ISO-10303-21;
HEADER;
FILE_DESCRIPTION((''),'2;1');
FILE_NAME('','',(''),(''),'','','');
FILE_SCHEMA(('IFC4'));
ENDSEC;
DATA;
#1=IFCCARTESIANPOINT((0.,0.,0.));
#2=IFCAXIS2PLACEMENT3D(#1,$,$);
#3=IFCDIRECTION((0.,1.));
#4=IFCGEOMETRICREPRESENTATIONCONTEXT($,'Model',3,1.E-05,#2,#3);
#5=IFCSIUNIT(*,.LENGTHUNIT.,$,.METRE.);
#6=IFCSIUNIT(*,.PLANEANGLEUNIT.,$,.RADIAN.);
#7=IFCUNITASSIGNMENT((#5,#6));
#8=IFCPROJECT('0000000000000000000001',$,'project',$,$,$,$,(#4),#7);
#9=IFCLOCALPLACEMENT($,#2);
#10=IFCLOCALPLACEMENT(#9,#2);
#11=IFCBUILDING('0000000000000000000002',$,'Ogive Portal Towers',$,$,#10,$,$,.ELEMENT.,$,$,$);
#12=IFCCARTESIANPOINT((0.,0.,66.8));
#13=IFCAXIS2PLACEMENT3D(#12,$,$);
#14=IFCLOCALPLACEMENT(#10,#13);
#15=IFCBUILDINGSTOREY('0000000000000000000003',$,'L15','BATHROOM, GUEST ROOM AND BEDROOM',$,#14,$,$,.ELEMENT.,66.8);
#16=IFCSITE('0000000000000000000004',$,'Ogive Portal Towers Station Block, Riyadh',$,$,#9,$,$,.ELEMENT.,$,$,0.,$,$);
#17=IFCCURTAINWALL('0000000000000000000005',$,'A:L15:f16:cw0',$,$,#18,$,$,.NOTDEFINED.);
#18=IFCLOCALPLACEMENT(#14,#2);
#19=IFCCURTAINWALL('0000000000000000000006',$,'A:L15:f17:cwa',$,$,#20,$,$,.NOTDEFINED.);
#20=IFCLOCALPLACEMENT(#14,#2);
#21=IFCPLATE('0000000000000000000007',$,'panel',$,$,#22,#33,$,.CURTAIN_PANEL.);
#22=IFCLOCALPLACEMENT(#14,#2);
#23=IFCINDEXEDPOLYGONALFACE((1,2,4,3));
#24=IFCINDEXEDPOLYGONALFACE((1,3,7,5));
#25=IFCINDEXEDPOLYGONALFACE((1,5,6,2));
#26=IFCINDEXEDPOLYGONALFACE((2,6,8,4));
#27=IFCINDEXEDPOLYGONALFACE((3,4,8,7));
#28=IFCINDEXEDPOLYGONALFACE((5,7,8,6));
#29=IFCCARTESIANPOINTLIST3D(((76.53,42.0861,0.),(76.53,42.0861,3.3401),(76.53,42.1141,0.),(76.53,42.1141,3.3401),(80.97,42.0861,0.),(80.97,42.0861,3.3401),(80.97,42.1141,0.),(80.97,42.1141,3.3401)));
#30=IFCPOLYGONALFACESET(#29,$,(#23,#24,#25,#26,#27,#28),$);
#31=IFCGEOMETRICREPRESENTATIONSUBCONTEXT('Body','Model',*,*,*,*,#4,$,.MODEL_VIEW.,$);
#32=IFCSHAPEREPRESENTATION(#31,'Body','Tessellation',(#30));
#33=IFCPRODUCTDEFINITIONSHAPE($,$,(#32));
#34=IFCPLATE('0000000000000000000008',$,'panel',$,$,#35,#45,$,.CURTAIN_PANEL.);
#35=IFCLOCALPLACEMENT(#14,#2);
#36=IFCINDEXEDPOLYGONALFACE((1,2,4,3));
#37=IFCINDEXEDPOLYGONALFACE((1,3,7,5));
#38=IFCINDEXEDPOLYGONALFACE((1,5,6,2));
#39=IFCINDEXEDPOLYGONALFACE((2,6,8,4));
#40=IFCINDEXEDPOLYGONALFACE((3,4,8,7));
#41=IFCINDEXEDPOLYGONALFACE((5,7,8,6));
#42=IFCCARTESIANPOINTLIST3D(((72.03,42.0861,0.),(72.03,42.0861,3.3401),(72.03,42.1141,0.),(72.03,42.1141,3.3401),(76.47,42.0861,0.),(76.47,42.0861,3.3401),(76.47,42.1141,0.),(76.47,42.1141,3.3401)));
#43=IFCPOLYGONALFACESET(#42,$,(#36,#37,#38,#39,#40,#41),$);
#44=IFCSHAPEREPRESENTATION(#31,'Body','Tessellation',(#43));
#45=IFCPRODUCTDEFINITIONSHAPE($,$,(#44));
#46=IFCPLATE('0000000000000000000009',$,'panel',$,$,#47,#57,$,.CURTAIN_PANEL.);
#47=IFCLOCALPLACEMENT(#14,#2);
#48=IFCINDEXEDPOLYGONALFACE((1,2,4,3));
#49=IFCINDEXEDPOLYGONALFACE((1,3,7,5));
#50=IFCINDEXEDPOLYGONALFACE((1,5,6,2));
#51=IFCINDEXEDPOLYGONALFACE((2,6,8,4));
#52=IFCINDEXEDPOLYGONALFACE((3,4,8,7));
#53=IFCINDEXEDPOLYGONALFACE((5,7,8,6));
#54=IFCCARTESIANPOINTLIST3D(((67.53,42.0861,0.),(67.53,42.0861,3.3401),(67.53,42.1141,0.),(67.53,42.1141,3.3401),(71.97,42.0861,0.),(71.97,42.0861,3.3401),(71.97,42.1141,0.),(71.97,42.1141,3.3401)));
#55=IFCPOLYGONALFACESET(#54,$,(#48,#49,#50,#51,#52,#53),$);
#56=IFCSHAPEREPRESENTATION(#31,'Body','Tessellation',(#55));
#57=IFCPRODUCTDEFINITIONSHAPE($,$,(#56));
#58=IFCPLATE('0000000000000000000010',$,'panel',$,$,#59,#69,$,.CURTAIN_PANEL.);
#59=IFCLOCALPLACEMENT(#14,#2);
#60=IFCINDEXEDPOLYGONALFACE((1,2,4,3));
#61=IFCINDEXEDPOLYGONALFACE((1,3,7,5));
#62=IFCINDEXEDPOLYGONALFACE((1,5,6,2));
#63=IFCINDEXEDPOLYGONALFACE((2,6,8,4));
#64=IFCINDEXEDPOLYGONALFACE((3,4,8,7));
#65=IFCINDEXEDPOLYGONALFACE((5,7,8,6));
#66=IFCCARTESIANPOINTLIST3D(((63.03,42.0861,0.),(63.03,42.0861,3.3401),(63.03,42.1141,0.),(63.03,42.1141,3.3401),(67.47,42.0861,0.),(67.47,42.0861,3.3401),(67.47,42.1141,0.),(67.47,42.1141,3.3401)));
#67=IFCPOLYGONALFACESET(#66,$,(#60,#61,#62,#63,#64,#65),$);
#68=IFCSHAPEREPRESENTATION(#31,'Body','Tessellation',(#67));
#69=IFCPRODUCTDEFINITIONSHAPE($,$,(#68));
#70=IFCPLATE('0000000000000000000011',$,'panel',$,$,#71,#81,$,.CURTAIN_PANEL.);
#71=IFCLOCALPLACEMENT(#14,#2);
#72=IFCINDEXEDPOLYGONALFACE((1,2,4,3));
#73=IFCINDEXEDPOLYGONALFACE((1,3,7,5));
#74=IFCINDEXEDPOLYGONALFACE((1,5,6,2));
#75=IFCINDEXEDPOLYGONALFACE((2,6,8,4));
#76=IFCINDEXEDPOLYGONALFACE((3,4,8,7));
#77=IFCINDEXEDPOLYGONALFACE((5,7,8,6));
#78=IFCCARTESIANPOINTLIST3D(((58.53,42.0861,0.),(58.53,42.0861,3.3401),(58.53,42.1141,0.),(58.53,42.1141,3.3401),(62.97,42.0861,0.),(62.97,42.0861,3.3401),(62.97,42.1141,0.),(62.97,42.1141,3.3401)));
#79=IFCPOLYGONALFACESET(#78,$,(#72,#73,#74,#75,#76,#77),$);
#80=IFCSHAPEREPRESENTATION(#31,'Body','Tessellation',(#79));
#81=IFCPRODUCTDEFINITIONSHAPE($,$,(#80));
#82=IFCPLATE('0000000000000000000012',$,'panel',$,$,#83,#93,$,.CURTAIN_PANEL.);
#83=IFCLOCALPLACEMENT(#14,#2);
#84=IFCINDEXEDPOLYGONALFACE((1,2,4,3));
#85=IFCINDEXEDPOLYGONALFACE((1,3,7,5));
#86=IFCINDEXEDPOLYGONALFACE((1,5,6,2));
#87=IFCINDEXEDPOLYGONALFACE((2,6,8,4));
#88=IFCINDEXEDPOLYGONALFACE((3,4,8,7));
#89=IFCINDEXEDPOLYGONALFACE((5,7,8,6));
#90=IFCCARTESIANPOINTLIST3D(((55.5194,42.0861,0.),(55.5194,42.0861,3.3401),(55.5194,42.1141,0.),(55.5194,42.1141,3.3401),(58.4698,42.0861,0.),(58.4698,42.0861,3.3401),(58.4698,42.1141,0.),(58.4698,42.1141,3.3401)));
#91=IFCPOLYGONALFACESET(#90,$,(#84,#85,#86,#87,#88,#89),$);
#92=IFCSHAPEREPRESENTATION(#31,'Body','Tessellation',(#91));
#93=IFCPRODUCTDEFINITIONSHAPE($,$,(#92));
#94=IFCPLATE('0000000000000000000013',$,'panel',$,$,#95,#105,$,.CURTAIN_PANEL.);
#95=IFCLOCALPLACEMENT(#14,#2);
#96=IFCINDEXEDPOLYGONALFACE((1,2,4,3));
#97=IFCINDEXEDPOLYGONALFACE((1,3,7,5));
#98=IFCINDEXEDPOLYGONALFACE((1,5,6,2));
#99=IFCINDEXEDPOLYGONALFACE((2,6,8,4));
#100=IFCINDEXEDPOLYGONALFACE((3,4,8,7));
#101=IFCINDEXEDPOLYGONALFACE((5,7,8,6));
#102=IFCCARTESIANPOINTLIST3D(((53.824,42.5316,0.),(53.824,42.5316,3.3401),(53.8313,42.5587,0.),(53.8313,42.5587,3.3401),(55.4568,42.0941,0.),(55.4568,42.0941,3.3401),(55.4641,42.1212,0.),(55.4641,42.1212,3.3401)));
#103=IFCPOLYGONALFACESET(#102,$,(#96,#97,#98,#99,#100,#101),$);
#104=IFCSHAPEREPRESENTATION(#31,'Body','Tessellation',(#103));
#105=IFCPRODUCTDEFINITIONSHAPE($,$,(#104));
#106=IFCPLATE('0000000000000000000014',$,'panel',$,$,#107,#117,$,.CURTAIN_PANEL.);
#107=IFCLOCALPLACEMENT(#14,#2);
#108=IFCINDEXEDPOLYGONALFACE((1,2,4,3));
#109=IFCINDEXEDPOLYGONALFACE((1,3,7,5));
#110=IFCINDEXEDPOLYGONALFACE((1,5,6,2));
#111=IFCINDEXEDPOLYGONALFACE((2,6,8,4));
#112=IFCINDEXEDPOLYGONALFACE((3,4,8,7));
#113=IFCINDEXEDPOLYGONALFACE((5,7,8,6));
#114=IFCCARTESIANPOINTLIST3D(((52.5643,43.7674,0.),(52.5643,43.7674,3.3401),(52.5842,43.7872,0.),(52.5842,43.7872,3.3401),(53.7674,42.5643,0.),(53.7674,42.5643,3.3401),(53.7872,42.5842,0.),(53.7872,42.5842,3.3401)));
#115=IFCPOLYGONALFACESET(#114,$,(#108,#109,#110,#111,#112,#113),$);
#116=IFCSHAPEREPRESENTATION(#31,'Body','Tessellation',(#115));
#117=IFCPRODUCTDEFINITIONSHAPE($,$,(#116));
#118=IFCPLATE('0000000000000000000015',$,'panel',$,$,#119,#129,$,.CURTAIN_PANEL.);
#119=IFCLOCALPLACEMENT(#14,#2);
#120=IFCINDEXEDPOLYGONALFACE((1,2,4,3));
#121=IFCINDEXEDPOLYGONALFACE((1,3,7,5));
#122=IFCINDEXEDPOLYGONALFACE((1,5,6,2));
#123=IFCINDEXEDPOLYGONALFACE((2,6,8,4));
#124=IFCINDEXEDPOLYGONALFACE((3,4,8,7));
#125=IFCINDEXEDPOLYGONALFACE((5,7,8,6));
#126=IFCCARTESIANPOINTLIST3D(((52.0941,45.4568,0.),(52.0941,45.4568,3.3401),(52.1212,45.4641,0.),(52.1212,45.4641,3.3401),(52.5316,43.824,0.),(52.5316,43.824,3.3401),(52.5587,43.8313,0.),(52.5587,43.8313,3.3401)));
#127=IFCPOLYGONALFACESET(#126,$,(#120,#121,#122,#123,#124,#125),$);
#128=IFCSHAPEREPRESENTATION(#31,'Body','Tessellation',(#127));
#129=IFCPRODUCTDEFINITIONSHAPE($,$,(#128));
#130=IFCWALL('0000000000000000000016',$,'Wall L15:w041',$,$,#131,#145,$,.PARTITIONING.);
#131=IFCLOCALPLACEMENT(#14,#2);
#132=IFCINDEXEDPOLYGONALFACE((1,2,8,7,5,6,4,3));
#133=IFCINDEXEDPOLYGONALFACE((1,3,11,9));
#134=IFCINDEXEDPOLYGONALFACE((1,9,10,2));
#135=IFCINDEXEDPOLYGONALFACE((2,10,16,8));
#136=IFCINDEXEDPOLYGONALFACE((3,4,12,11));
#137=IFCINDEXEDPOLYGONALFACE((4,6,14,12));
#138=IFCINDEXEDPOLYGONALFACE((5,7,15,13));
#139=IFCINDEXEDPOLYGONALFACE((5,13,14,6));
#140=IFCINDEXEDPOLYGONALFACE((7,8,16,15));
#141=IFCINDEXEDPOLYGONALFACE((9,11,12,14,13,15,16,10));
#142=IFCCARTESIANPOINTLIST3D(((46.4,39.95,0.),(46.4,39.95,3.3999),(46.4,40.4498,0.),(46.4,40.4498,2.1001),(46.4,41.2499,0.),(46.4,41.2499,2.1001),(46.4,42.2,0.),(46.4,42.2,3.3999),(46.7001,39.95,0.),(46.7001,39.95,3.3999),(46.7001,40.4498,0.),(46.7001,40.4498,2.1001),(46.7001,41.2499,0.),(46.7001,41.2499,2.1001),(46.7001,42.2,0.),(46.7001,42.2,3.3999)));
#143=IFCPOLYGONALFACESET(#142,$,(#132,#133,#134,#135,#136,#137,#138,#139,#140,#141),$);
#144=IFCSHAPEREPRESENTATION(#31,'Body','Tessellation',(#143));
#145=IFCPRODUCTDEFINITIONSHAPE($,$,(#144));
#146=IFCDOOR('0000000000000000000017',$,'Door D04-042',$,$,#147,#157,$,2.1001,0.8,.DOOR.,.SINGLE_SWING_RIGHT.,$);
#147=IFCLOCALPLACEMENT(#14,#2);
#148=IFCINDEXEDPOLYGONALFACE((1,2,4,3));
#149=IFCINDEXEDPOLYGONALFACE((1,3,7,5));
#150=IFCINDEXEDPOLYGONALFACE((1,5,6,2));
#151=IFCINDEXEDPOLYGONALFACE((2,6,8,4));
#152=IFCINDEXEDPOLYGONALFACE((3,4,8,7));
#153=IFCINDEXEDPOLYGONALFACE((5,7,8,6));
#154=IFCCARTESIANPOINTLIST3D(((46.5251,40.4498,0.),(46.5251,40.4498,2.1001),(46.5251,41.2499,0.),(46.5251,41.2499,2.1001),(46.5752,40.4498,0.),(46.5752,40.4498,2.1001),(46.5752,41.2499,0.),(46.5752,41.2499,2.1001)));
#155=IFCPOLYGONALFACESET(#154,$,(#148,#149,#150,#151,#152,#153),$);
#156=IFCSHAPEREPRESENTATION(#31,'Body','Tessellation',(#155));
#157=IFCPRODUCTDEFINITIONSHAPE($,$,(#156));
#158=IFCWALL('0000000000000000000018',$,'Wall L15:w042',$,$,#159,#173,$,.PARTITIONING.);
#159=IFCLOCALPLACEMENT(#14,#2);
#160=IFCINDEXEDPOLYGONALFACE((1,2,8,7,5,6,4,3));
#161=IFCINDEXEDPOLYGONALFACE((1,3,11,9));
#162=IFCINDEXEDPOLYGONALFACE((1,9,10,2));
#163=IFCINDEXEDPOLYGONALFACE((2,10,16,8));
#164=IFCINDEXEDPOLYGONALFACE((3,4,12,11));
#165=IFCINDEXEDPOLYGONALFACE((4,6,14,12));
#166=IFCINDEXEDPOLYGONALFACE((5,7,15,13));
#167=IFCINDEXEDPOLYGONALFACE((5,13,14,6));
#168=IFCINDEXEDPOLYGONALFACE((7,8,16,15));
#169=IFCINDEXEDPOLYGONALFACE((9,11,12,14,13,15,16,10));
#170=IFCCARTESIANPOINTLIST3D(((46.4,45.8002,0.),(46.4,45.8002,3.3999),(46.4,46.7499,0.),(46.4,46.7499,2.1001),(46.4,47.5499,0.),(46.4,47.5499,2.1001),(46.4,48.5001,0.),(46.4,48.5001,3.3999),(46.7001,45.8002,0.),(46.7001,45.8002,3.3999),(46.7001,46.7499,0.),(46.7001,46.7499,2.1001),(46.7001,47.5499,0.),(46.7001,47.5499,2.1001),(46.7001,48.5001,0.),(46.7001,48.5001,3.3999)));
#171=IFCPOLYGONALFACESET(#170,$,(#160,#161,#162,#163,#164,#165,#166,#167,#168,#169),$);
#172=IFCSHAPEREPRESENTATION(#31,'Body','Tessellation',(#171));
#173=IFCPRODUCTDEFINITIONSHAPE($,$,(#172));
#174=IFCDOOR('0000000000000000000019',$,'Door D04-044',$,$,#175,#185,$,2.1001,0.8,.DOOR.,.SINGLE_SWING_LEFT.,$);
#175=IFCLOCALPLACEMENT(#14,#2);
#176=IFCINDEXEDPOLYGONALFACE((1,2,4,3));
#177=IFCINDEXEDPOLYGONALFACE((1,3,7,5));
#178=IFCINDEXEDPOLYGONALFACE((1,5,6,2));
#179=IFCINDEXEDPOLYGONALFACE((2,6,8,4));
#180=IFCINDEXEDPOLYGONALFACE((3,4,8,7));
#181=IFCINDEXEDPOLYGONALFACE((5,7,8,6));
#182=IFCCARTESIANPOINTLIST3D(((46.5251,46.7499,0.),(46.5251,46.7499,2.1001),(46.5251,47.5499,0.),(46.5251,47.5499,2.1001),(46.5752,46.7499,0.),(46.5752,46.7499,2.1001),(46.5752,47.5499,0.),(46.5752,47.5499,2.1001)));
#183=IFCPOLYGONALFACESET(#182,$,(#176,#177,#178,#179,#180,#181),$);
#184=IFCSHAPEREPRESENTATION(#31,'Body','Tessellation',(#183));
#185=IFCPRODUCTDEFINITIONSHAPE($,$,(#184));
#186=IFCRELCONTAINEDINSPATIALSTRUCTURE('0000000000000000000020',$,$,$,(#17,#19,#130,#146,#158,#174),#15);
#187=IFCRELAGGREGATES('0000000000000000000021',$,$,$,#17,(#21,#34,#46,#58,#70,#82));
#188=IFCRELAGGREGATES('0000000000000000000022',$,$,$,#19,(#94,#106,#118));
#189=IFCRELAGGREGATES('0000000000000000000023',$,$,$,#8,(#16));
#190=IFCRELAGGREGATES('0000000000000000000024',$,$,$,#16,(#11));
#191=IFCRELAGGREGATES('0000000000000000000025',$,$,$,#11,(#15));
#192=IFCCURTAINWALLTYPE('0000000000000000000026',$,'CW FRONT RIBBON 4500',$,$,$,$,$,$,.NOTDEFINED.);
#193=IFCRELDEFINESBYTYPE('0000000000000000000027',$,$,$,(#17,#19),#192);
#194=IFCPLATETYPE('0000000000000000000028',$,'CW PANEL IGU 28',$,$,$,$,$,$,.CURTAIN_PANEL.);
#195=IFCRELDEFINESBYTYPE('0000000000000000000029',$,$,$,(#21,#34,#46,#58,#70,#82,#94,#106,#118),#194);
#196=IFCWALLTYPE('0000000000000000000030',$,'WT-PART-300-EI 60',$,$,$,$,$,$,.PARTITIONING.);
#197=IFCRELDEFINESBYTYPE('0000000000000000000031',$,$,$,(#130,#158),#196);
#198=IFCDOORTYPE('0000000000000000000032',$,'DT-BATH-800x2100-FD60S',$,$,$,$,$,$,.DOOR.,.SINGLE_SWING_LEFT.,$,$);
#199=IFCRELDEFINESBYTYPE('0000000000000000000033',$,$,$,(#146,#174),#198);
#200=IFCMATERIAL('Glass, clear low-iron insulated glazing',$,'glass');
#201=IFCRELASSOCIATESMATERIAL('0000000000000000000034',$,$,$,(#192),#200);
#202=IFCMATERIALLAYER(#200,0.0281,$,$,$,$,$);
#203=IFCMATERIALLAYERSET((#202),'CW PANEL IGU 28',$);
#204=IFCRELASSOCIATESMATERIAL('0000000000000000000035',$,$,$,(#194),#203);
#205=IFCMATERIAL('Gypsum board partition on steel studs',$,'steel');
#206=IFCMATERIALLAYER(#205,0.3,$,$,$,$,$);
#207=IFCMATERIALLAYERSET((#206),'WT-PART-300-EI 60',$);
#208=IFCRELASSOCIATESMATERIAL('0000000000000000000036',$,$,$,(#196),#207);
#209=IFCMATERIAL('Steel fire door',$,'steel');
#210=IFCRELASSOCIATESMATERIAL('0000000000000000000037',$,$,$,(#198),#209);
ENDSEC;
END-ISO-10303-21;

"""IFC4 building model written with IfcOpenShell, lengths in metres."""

from ifc_helpers import new_model, si_unit, direction, frame, frame_2d, origin, origin_2d, place, context, subcontext, project, spatial, rectangle, extrude, material, layer, layer_set, type_object, element, fill, aggregate, save


model = new_model("IFC4")

# Units and contexts
model_context = context("Model", 3, precision=1e-05, world=origin(), true_north=direction((0.0, 1.0)))
body_context = subcontext(model_context, "Body", "Model", "MODEL_VIEW")
ifc_project = project(units=[si_unit("LENGTHUNIT", "METRE"), si_unit("PLANEANGLEUNIT", "RADIAN")], contexts=[model_context])

# Site, building, storey
site_placement = place(None, origin())
site = spatial("IfcSite", under=ifc_project, at=site_placement, Name="Ogive Portal Towers Station Block, Riyadh", CompositionType="ELEMENT", RefElevation=0.0)
building_placement = place(site_placement, origin())
building = spatial("IfcBuilding", under=site, at=building_placement, Name="Ogive Portal Towers", CompositionType="ELEMENT")
storey_placement = place(building_placement, frame((0.0, 0.0, 66.8)))
storey = spatial("IfcBuildingStorey", under=building, at=storey_placement, Name="L15", Description="BATHROOM, GUEST ROOM AND BEDROOM", CompositionType="ELEMENT", Elevation=66.8)

# Curtain wall
ifc_material_1 = material(Name="Glass, clear low-iron insulated glazing", Category="glass")
curtain_wall_type = type_object("IfcCurtainWallType", Name="CW FRONT RIBBON 4500", PredefinedType="NOTDEFINED", material=ifc_material_1)
curtain_wall_1_placement = place(storey_placement, origin())
curtain_wall_1 = element("IfcCurtainWall", 1, at=curtain_wall_1_placement, inside=storey, type_object=curtain_wall_type, Name="A:L15:f16:cw0", PredefinedType="NOTDEFINED")

# Curtain wall
curtain_wall_2_placement = place(storey_placement, origin())
curtain_wall_2 = element("IfcCurtainWall", 2, at=curtain_wall_2_placement, inside=storey, type_object=curtain_wall_type, Name="A:L15:f17:cwa", PredefinedType="NOTDEFINED")

# Plates
ifc_layer_1 = layer(ifc_material_1, 0.0281)
ifc_layer_set_1 = layer_set([ifc_layer_1], Name="CW PANEL IGU 28")
plate_type = type_object("IfcPlateType", Name="CW PANEL IGU 28", PredefinedType="CURTAIN_PANEL", material=ifc_layer_set_1)
plate_1_placement = place(storey_placement, frame((78.75, 42.1001, 0.0), z_axis=(0.0, 0.0, 1.0), x_axis=(-1.0, 0.0, 0.0)))
plate_1 = element("IfcPlate", 3, at=plate_1_placement, type_object=plate_type, Name="panel", PredefinedType="CURTAIN_PANEL", context=body_context, shape_type="SweptSolid", body=[
    extrude(rectangle(XDim=4.4399, YDim=0.0281, at=origin_2d()), origin(), (0.0, 0.0, 1.0), 3.3401),
])
plate_2_placement = place(storey_placement, frame((74.25, 42.1001, 0.0), z_axis=(0.0, 0.0, 1.0), x_axis=(-1.0, 0.0, 0.0)))
plate_2 = element("IfcPlate", 4, at=plate_2_placement, type_object=plate_type, Name="panel", PredefinedType="CURTAIN_PANEL", context=body_context, shape_type="SweptSolid", body=[
    extrude(rectangle(XDim=4.4399, YDim=0.0281, at=origin_2d()), origin(), (0.0, 0.0, 1.0), 3.3401),
])
plate_3_placement = place(storey_placement, frame((69.75, 42.1001, 0.0), z_axis=(0.0, 0.0, 1.0), x_axis=(-1.0, 0.0, 0.0)))
plate_3 = element("IfcPlate", 5, at=plate_3_placement, type_object=plate_type, Name="panel", PredefinedType="CURTAIN_PANEL", context=body_context, shape_type="SweptSolid", body=[
    extrude(rectangle(XDim=4.4399, YDim=0.0281, at=origin_2d()), origin(), (0.0, 0.0, 1.0), 3.3401),
])
plate_4_placement = place(storey_placement, frame((65.25, 42.1001, 0.0), z_axis=(0.0, 0.0, 1.0), x_axis=(-1.0, 0.0, 0.0)))
plate_4 = element("IfcPlate", 6, at=plate_4_placement, type_object=plate_type, Name="panel", PredefinedType="CURTAIN_PANEL", context=body_context, shape_type="SweptSolid", body=[
    extrude(rectangle(XDim=4.4399, YDim=0.0281, at=origin_2d()), origin(), (0.0, 0.0, 1.0), 3.3401),
])
plate_5_placement = place(storey_placement, frame((60.75, 42.1001, 0.0), z_axis=(0.0, 0.0, 1.0), x_axis=(-1.0, 0.0, 0.0)))
plate_5 = element("IfcPlate", 7, at=plate_5_placement, type_object=plate_type, Name="panel", PredefinedType="CURTAIN_PANEL", context=body_context, shape_type="SweptSolid", body=[
    extrude(rectangle(XDim=4.4399, YDim=0.0281, at=origin_2d()), origin(), (0.0, 0.0, 1.0), 3.3401),
])
plate_6_placement = place(storey_placement, frame((56.9946, 42.1001, 0.0), z_axis=(0.0, 0.0, 1.0), x_axis=(-1.0, 0.0, 0.0)))
plate_6 = element("IfcPlate", 8, at=plate_6_placement, type_object=plate_type, Name="panel", PredefinedType="CURTAIN_PANEL", context=body_context, shape_type="SweptSolid", body=[
    extrude(rectangle(XDim=2.9504, YDim=0.0281, at=origin_2d()), origin(), (0.0, 0.0, 1.0), 3.3401),
])
aggregate(curtain_wall_1, [plate_1, plate_2, plate_3, plate_4, plate_5, plate_6])
plate_7_placement = place(storey_placement, frame((54.644, 42.3264, 0.0), z_axis=(0.0, 0.0, 1.0), x_axis=(-0.965926, 0.258819, 0.0)))
plate_7 = element("IfcPlate", 9, at=plate_7_placement, type_object=plate_type, Name="panel", PredefinedType="CURTAIN_PANEL", context=body_context, shape_type="SweptSolid", body=[
    extrude(rectangle(XDim=1.6904, YDim=0.0281, at=origin_2d()), origin(), (0.0, 0.0, 1.0), 3.3401),
])
plate_8_placement = place(storey_placement, frame((53.1758, 43.1758, 0.0), z_axis=(0.0, 0.0, 1.0), x_axis=(-0.707107, 0.707107, 0.0)))
plate_8 = element("IfcPlate", 10, at=plate_8_placement, type_object=plate_type, Name="panel", PredefinedType="CURTAIN_PANEL", context=body_context, shape_type="SweptSolid", body=[
    extrude(rectangle(XDim=1.7014, YDim=0.0281, at=origin_2d()), origin(), (0.0, 0.0, 1.0), 3.3401),
])
plate_9_placement = place(storey_placement, frame((52.3264, 44.644, 0.0), z_axis=(0.0, 0.0, 1.0), x_axis=(-0.258819, 0.965926, 0.0)))
plate_9 = element("IfcPlate", 11, at=plate_9_placement, type_object=plate_type, Name="panel", PredefinedType="CURTAIN_PANEL", context=body_context, shape_type="SweptSolid", body=[
    extrude(rectangle(XDim=1.6904, YDim=0.0281, at=origin_2d()), origin(), (0.0, 0.0, 1.0), 3.3401),
])
aggregate(curtain_wall_2, [plate_7, plate_8, plate_9])

# Walls, openings, doors
ifc_material_2 = material(Name="Gypsum board partition on steel studs", Category="steel")
ifc_layer_2 = layer(ifc_material_2, 0.3)
ifc_layer_set_2 = layer_set([ifc_layer_2], Name="WT-PART-300-EI 60")
wall_type = type_object("IfcWallType", Name="WT-PART-300-EI 60", PredefinedType="PARTITIONING", material=ifc_layer_set_2)
wall_1_placement = place(storey_placement, frame((46.55, 39.95, 0.0), z_axis=(0.0, 0.0, 1.0), x_axis=(0.0, 1.0, 0.0)))
wall_1 = element("IfcWall", 12, at=wall_1_placement, inside=storey, type_object=wall_type, Name="Wall L15:w041", PredefinedType="PARTITIONING", context=body_context, shape_type="SweptSolid", body=[
    extrude(rectangle(XDim=2.25, YDim=0.3, at=frame_2d((1.125, 0.0))), origin(), (0.0, 0.0, 1.0), 3.3999),
])
opening_1_placement = place(wall_1_placement, frame((0.5, 0.0, 0.0)))
opening_1 = element("IfcOpeningElement", 13, at=opening_1_placement, cuts=wall_1, PredefinedType="OPENING", context=body_context, shape_type="SweptSolid", body=[
    extrude(rectangle(XDim=0.8, YDim=2.1001, at=frame_2d((0.3999, 1.05))), frame((0.0, 0.1602, 0.0), z_axis=(0.0, -1.0, 0.0), x_axis=(1.0, 0.0, 0.0)), (0.0, 0.0, 1.0), 0.3201),
])
ifc_material_3 = material(Name="Steel fire door", Category="steel")
door_type = type_object("IfcDoorType", Name="DT-BATH-800x2100-FD60S", OperationType="SINGLE_SWING_LEFT", PredefinedType="DOOR", material=ifc_material_3)
door_1_placement = place(opening_1_placement, origin())
door_1 = element("IfcDoor", 14, at=door_1_placement, inside=storey, type_object=door_type, Name="Door D04-042", OperationType="SINGLE_SWING_RIGHT", OverallHeight=2.1001, OverallWidth=0.8, PredefinedType="DOOR", context=body_context, shape_type="SweptSolid", body=[
    extrude(rectangle(XDim=0.8, YDim=2.1001, at=frame_2d((0.3999, 1.05))), frame((0.0, 0.0249, 0.0), z_axis=(0.0, -1.0, 0.0), x_axis=(1.0, 0.0, 0.0)), (0.0, 0.0, 1.0), 0.05),
])
fill(opening_1, door_1)
wall_2_placement = place(storey_placement, frame((46.55, 45.8, 0.0), z_axis=(0.0, 0.0, 1.0), x_axis=(0.0, 1.0, 0.0)))
wall_2 = element("IfcWall", 15, at=wall_2_placement, inside=storey, type_object=wall_type, Name="Wall L15:w042", PredefinedType="PARTITIONING", context=body_context, shape_type="SweptSolid", body=[
    extrude(rectangle(XDim=2.7, YDim=0.3, at=frame_2d((1.3501, 0.0))), origin(), (0.0, 0.0, 1.0), 3.3999),
])
opening_2_placement = place(wall_2_placement, frame((0.95, 0.0, 0.0)))
opening_2 = element("IfcOpeningElement", 16, at=opening_2_placement, cuts=wall_2, PredefinedType="OPENING", context=body_context, shape_type="SweptSolid", body=[
    extrude(rectangle(XDim=0.8, YDim=2.1001, at=frame_2d((0.3999, 1.05))), frame((0.0, 0.1602, 0.0), z_axis=(0.0, -1.0, 0.0), x_axis=(1.0, 0.0, 0.0)), (0.0, 0.0, 1.0), 0.3201),
])
door_2_placement = place(opening_2_placement, origin())
door_2 = element("IfcDoor", 17, at=door_2_placement, inside=storey, type_object=door_type, Name="Door D04-044", OperationType="SINGLE_SWING_LEFT", OverallHeight=2.1001, OverallWidth=0.8, PredefinedType="DOOR", context=body_context, shape_type="SweptSolid", body=[
    extrude(rectangle(XDim=0.8, YDim=2.1001, at=frame_2d((0.3999, 1.05))), frame((0.0, 0.0249, 0.0), z_axis=(0.0, -1.0, 0.0), x_axis=(1.0, 0.0, 0.0)), (0.0, 0.0, 1.0), 0.05),
])
fill(opening_2, door_2)

save(model, "model.ifc")
